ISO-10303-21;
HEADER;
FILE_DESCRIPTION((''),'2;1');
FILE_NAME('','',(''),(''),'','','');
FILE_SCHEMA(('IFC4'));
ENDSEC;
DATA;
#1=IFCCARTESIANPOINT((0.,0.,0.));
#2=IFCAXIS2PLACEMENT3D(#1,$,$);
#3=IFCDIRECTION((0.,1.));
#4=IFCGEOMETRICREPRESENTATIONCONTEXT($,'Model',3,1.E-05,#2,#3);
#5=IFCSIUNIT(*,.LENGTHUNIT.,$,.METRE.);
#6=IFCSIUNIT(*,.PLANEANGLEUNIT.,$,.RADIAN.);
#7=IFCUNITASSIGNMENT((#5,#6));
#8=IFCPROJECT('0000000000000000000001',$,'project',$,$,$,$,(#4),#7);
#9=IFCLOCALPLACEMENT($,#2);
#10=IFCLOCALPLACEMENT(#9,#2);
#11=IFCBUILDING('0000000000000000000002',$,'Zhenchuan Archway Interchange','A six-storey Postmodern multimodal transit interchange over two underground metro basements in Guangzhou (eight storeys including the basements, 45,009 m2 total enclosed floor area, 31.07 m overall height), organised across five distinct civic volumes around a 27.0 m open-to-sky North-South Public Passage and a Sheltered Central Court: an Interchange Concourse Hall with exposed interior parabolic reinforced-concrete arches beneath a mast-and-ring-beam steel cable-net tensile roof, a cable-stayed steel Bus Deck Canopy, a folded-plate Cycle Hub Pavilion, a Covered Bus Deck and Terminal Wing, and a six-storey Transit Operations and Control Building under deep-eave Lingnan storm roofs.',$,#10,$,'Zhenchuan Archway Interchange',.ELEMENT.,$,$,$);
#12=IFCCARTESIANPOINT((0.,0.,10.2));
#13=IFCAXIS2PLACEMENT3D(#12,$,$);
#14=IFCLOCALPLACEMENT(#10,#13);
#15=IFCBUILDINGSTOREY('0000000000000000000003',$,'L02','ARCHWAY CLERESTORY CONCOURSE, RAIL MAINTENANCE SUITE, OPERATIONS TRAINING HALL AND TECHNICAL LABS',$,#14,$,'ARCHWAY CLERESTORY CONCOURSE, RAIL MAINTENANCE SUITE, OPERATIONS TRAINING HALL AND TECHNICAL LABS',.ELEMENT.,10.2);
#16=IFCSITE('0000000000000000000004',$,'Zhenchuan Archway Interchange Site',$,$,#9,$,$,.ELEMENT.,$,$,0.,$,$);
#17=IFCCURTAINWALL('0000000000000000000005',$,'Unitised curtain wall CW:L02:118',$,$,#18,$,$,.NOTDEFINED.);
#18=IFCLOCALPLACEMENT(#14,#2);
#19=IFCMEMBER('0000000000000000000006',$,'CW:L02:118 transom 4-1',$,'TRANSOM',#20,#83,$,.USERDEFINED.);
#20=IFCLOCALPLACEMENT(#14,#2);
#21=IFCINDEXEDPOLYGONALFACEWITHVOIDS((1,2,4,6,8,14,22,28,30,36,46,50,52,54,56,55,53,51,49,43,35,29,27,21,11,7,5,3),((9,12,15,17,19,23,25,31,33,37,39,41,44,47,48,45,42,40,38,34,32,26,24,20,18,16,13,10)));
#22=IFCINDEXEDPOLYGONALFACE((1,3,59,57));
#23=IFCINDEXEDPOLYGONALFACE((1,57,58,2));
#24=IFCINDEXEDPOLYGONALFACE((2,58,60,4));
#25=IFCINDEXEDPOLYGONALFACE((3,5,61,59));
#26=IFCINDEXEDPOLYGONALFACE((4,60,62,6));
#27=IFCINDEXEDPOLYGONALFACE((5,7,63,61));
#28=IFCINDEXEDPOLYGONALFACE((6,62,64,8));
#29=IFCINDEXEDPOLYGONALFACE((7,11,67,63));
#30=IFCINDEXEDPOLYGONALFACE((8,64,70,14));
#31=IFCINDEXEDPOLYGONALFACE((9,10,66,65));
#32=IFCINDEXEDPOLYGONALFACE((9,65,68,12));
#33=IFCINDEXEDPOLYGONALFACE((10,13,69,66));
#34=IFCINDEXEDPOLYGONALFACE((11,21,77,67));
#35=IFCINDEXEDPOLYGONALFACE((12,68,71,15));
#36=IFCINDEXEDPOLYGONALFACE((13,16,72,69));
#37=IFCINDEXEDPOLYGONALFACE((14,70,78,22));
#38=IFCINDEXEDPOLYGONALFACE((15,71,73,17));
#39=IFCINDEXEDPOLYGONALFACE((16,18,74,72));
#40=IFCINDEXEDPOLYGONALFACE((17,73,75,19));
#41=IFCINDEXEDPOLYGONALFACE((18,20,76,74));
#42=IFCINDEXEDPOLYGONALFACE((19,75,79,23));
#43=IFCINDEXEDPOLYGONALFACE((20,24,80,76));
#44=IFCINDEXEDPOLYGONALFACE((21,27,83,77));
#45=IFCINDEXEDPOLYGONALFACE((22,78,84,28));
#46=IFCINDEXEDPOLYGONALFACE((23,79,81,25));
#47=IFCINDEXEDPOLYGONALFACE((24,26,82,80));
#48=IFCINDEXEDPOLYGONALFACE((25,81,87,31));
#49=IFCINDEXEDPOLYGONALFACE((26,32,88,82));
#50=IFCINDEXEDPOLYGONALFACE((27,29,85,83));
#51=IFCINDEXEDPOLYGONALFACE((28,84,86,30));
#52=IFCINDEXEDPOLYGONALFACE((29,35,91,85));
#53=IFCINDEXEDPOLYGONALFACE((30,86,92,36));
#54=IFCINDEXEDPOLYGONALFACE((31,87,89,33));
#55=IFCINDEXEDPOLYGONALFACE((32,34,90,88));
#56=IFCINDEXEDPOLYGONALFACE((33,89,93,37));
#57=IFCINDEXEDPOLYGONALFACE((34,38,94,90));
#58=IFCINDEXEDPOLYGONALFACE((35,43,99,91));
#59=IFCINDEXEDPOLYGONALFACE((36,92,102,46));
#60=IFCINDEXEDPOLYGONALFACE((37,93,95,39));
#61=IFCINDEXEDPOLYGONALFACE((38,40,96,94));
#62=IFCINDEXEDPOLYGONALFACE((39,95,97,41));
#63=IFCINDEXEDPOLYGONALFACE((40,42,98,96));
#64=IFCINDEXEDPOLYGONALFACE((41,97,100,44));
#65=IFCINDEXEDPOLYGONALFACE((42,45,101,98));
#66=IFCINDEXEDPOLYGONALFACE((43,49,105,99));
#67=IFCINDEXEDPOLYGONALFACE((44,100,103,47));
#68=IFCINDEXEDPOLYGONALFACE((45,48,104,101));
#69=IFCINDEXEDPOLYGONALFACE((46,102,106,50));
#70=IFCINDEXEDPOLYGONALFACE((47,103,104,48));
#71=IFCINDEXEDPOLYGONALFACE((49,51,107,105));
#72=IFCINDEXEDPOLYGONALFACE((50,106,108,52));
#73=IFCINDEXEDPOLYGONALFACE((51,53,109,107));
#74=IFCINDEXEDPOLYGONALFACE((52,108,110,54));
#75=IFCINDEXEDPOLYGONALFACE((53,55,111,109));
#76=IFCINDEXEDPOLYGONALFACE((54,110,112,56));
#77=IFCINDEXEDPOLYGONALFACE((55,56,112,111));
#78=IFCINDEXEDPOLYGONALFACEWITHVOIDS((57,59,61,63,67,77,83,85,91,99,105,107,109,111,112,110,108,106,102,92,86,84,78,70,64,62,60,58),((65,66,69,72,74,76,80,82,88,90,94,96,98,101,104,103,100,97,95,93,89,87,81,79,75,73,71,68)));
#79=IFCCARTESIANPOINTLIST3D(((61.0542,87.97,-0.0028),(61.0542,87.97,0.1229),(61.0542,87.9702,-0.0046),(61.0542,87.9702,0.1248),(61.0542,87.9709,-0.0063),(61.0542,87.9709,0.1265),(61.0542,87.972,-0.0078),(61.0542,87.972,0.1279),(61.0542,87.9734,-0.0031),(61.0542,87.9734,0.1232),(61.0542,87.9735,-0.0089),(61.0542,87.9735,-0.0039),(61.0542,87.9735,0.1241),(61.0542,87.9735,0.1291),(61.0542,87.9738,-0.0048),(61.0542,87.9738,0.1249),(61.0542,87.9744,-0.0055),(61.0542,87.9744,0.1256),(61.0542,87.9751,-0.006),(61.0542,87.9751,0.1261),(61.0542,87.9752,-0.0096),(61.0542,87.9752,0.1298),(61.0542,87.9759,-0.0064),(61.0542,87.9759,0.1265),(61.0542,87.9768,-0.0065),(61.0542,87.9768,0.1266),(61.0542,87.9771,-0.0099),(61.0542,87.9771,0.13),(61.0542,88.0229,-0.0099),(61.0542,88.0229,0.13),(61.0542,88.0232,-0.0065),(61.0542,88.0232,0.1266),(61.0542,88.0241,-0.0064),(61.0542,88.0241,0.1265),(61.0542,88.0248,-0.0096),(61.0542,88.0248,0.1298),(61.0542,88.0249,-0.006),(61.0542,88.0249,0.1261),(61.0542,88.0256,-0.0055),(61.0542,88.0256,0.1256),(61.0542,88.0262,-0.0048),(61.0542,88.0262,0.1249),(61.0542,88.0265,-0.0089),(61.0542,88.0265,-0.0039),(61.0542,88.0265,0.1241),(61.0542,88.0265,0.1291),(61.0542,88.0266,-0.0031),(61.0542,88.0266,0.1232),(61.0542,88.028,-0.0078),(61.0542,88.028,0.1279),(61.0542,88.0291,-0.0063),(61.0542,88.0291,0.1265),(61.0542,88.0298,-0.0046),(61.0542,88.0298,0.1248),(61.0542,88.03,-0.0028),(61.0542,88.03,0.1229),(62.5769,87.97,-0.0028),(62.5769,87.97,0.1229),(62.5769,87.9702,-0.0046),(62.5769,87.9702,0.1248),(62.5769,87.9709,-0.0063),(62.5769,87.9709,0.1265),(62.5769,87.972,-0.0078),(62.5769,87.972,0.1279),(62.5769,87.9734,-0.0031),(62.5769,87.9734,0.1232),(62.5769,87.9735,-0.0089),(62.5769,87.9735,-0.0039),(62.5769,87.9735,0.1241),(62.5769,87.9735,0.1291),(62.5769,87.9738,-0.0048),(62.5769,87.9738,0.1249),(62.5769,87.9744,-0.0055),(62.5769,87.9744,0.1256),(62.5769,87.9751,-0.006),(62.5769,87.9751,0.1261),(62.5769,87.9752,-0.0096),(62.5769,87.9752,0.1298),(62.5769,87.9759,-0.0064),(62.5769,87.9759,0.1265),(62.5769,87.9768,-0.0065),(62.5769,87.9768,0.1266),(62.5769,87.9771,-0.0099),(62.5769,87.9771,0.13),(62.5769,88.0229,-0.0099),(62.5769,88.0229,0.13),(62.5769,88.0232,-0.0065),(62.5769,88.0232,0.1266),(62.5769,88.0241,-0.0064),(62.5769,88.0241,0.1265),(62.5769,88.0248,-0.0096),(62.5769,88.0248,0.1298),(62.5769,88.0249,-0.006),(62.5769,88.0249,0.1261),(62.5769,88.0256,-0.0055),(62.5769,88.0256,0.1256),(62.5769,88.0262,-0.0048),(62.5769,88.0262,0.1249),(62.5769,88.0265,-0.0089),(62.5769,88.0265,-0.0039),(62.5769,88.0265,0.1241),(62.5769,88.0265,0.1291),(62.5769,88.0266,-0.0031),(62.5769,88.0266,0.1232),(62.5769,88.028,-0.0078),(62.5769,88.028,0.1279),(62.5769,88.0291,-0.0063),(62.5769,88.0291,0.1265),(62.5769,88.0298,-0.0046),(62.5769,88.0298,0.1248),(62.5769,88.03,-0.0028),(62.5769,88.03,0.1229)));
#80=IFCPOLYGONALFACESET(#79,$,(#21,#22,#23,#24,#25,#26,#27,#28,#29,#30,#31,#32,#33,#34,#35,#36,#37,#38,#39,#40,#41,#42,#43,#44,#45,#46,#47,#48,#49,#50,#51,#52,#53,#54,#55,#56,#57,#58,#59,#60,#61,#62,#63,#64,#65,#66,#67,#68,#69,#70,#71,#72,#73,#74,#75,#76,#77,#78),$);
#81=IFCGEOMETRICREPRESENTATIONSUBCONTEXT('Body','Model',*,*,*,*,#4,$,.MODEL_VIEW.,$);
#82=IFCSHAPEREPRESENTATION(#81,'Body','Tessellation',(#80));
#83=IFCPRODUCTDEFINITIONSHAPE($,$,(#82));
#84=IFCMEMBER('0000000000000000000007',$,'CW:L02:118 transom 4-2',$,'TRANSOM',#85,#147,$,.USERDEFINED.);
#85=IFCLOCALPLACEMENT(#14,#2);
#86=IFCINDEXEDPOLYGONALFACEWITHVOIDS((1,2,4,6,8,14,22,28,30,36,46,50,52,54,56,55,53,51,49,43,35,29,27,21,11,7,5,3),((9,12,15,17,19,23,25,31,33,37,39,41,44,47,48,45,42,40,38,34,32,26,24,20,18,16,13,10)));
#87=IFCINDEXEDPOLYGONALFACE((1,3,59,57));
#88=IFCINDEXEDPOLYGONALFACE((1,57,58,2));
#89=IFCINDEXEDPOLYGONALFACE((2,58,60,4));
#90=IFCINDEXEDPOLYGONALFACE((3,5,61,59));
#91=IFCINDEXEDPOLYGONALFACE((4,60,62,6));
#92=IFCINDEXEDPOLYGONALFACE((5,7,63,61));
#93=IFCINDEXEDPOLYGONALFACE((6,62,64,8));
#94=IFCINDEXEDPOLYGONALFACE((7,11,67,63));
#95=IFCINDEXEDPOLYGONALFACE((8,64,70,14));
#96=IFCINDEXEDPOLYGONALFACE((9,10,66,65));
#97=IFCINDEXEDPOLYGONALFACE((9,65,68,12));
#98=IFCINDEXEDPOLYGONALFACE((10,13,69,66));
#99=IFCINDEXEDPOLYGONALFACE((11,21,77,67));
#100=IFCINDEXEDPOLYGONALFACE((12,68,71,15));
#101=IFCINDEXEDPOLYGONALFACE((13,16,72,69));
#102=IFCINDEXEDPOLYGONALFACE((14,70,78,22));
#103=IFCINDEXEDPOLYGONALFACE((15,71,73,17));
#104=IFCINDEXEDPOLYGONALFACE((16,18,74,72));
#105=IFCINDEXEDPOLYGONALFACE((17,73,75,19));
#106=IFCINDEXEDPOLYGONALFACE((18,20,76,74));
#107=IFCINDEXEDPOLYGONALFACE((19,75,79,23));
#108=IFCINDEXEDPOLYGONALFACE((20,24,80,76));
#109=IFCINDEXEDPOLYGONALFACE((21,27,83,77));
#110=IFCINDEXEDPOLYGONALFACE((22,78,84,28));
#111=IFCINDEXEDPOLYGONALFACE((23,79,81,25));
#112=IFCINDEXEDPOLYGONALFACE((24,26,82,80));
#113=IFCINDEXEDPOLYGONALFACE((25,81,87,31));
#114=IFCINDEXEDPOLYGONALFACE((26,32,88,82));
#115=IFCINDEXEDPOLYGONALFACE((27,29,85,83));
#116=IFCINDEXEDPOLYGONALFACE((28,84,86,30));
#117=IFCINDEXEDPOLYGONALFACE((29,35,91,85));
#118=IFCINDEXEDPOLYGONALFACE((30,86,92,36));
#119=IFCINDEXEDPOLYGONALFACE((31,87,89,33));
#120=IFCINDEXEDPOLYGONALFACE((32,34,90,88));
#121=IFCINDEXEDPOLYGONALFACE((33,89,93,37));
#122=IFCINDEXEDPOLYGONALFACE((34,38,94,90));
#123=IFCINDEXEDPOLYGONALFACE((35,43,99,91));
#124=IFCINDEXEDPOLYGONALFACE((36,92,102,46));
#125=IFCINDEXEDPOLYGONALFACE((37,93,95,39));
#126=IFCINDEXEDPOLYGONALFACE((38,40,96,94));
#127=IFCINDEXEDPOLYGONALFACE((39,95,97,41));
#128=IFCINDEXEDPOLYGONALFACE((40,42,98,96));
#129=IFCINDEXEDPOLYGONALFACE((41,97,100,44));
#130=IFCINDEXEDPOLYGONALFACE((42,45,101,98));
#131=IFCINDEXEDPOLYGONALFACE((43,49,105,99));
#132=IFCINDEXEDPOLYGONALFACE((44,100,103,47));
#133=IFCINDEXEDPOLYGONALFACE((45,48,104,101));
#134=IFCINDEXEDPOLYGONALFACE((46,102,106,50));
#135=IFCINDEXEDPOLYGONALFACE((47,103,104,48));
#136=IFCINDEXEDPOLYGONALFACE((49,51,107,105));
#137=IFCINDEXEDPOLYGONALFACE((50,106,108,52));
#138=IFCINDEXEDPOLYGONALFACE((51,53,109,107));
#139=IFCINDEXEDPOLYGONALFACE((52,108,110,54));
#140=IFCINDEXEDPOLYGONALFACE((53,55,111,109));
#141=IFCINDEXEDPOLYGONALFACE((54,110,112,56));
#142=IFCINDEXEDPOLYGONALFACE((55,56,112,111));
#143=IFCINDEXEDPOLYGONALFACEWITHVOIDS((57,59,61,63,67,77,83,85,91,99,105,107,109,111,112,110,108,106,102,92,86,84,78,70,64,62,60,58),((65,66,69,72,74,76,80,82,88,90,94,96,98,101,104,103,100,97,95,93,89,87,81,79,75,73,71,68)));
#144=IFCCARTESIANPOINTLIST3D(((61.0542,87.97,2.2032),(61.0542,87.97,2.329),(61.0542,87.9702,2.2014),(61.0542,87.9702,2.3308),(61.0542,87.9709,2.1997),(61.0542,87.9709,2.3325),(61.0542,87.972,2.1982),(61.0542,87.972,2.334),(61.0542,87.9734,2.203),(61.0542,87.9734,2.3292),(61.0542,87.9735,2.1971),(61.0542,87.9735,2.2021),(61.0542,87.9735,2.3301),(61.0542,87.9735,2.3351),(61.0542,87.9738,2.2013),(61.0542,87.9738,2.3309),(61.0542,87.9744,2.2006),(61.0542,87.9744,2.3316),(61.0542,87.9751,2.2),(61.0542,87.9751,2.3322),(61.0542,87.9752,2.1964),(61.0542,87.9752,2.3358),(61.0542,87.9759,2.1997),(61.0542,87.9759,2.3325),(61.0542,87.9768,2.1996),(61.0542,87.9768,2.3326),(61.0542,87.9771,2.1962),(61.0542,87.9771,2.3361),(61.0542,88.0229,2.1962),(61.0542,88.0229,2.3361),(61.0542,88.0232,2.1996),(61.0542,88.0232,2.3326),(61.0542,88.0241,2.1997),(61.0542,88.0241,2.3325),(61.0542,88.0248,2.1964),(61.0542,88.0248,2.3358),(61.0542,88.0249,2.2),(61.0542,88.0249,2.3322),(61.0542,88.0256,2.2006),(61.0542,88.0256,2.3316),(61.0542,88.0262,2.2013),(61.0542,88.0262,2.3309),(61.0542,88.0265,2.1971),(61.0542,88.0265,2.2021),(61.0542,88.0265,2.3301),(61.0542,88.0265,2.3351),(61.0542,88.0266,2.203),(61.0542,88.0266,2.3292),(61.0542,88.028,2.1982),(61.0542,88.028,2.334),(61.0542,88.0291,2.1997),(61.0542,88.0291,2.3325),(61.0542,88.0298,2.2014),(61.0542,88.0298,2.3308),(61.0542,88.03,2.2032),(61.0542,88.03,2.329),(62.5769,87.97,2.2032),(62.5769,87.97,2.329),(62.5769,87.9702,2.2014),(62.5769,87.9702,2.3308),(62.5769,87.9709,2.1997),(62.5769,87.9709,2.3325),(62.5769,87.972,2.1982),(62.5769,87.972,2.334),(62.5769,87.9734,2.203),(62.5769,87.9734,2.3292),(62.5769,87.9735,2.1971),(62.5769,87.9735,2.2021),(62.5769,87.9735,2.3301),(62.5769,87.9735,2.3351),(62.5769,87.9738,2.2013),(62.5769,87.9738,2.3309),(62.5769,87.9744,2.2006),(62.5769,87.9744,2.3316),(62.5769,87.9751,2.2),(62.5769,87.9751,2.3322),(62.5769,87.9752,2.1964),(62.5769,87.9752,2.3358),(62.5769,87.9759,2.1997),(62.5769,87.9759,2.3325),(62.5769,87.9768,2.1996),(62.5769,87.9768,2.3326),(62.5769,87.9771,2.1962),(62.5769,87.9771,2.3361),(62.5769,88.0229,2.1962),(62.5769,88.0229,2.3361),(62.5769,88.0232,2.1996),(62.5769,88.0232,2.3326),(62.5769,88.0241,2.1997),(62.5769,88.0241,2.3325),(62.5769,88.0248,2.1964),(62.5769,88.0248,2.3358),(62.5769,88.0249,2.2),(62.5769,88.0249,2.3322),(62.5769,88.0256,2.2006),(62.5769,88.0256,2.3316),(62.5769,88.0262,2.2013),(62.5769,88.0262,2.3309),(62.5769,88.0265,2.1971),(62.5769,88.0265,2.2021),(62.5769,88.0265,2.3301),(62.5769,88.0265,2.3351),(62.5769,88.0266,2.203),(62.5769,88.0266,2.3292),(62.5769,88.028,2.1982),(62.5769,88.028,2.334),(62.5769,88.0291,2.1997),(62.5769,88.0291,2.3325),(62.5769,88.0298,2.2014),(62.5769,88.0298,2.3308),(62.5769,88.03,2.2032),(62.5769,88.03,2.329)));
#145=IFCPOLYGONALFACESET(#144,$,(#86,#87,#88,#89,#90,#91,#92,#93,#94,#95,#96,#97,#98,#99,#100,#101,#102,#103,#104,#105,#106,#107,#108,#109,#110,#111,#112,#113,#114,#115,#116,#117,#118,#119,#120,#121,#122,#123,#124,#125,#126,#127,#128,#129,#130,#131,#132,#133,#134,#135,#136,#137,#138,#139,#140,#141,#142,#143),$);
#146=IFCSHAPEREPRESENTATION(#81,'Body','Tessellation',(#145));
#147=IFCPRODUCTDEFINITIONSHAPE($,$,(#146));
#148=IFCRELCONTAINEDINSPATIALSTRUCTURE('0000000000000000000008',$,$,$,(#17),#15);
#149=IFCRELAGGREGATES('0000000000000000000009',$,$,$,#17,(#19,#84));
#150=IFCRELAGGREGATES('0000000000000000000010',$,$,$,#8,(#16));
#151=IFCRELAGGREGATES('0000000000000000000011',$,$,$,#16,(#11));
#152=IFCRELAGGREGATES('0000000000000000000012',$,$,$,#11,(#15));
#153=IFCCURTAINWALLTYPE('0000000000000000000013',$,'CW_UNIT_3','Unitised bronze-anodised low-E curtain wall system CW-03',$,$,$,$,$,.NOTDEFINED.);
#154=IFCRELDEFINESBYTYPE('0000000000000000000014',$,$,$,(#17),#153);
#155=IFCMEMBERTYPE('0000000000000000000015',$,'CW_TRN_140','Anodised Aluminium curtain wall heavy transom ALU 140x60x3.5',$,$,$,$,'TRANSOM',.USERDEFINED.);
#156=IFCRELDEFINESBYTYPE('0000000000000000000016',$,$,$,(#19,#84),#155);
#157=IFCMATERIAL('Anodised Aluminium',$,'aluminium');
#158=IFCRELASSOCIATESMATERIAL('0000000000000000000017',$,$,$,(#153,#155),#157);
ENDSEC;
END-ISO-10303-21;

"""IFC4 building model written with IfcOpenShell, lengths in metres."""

from ifc_helpers import new_model, si_unit, direction, frame, origin, origin_2d, place, context, subcontext, project, spatial, hollow_rectangle, extrude, material, material_profile, profile_set, type_object, element, aggregate, save


model = new_model("IFC4")

# Units and contexts
model_context = context("Model", 3, precision=1e-05, world=origin(), true_north=direction((0.0, 1.0)))
body_context = subcontext(model_context, "Body", "Model", "MODEL_VIEW")
ifc_project = project(units=[si_unit("LENGTHUNIT", "METRE"), si_unit("PLANEANGLEUNIT", "RADIAN")], contexts=[model_context])

# Site, building, storey
site_placement = place(None, origin())
site = spatial("IfcSite", under=ifc_project, at=site_placement, Name="Zhenchuan Archway Interchange Site", CompositionType="ELEMENT", RefElevation=0.0)
building_placement = place(site_placement, origin())
building = spatial("IfcBuilding", under=site, at=building_placement, Name="Zhenchuan Archway Interchange", Description="A six-storey Postmodern multimodal transit interchange over two underground metro basements in Guangzhou (eight storeys including the basements, 45,009 m2 total enclosed floor area, 31.07 m overall height), organised across five distinct civic volumes around a 27.0 m open-to-sky North-South Public Passage and a Sheltered Central Court: an Interchange Concourse Hall with exposed interior parabolic reinforced-concrete arches beneath a mast-and-ring-beam steel cable-net tensile roof, a cable-stayed steel Bus Deck Canopy, a folded-plate Cycle Hub Pavilion, a Covered Bus Deck and Terminal Wing, and a six-storey Transit Operations and Control Building under deep-eave Lingnan storm roofs.", LongName="Zhenchuan Archway Interchange", CompositionType="ELEMENT")
storey_placement = place(building_placement, frame((0.0, 0.0, 10.2)))
storey = spatial("IfcBuildingStorey", under=building, at=storey_placement, Name="L02", Description="ARCHWAY CLERESTORY CONCOURSE, RAIL MAINTENANCE SUITE, OPERATIONS TRAINING HALL AND TECHNICAL LABS", LongName="ARCHWAY CLERESTORY CONCOURSE, RAIL MAINTENANCE SUITE, OPERATIONS TRAINING HALL AND TECHNICAL LABS", CompositionType="ELEMENT", Elevation=10.2)

# Curtain wall, members
ifc_material_1 = material(Name="Anodised Aluminium", Category="aluminium")
curtain_wall_type = type_object("IfcCurtainWallType", Name="CW_UNIT_3", Description="Unitised bronze-anodised low-E curtain wall system CW-03", PredefinedType="NOTDEFINED", material=ifc_material_1)
curtain_wall_placement = place(storey_placement, origin())
curtain_wall = element("IfcCurtainWall", 1, at=curtain_wall_placement, inside=storey, type_object=curtain_wall_type, Name="Unitised curtain wall CW:L02:118", PredefinedType="NOTDEFINED")
ifc_material_profile_1 = material_profile(ifc_material_1, hollow_rectangle(XDim=0.0601, YDim=0.1399, WallThickness=0.0034, InnerFilletRadius=0.0034, OuterFilletRadius=0.0071, at=origin_2d()), Name="ALU 140x60x3.5")
ifc_profile_set_1 = profile_set([ifc_material_profile_1], Name="Anodised Aluminium")
member_type_1 = type_object("IfcMemberType", Name="CW_TRN_140", Description="Anodised Aluminium curtain wall heavy transom ALU 140x60x3.5", ElementType="TRANSOM", PredefinedType="USERDEFINED", material=ifc_profile_set_1)
member_1_placement = place(storey_placement, frame((61.0542, 88.0, 0.0601), z_axis=(1.0, 0.0, 0.0), x_axis=(0.0, 1.0, 0.0)))
member_1 = element("IfcMember", 2, at=member_1_placement, type_object=member_type_1, Name="CW:L02:118 transom 4-1", ObjectType="TRANSOM", PredefinedType="USERDEFINED", context=body_context, shape_type="SweptSolid", body=[
    extrude(hollow_rectangle(XDim=0.0601, YDim=0.1399, WallThickness=0.0034, InnerFilletRadius=0.0034, OuterFilletRadius=0.0071, at=origin_2d()), origin(), (0.0, 0.0, 1.0), 1.5227),
])
member_2_placement = place(storey_placement, frame((61.0542, 88.0, 2.2661), z_axis=(1.0, 0.0, 0.0), x_axis=(0.0, 1.0, 0.0)))
member_2 = element("IfcMember", 3, at=member_2_placement, type_object=member_type_1, Name="CW:L02:118 transom 4-2", ObjectType="TRANSOM", PredefinedType="USERDEFINED", context=body_context, shape_type="SweptSolid", body=[
    extrude(hollow_rectangle(XDim=0.0601, YDim=0.1399, WallThickness=0.0034, InnerFilletRadius=0.0034, OuterFilletRadius=0.0071, at=origin_2d()), origin(), (0.0, 0.0, 1.0), 1.5227),
])

aggregate(curtain_wall, [member_1, member_2])

save(model, "model.ifc")
